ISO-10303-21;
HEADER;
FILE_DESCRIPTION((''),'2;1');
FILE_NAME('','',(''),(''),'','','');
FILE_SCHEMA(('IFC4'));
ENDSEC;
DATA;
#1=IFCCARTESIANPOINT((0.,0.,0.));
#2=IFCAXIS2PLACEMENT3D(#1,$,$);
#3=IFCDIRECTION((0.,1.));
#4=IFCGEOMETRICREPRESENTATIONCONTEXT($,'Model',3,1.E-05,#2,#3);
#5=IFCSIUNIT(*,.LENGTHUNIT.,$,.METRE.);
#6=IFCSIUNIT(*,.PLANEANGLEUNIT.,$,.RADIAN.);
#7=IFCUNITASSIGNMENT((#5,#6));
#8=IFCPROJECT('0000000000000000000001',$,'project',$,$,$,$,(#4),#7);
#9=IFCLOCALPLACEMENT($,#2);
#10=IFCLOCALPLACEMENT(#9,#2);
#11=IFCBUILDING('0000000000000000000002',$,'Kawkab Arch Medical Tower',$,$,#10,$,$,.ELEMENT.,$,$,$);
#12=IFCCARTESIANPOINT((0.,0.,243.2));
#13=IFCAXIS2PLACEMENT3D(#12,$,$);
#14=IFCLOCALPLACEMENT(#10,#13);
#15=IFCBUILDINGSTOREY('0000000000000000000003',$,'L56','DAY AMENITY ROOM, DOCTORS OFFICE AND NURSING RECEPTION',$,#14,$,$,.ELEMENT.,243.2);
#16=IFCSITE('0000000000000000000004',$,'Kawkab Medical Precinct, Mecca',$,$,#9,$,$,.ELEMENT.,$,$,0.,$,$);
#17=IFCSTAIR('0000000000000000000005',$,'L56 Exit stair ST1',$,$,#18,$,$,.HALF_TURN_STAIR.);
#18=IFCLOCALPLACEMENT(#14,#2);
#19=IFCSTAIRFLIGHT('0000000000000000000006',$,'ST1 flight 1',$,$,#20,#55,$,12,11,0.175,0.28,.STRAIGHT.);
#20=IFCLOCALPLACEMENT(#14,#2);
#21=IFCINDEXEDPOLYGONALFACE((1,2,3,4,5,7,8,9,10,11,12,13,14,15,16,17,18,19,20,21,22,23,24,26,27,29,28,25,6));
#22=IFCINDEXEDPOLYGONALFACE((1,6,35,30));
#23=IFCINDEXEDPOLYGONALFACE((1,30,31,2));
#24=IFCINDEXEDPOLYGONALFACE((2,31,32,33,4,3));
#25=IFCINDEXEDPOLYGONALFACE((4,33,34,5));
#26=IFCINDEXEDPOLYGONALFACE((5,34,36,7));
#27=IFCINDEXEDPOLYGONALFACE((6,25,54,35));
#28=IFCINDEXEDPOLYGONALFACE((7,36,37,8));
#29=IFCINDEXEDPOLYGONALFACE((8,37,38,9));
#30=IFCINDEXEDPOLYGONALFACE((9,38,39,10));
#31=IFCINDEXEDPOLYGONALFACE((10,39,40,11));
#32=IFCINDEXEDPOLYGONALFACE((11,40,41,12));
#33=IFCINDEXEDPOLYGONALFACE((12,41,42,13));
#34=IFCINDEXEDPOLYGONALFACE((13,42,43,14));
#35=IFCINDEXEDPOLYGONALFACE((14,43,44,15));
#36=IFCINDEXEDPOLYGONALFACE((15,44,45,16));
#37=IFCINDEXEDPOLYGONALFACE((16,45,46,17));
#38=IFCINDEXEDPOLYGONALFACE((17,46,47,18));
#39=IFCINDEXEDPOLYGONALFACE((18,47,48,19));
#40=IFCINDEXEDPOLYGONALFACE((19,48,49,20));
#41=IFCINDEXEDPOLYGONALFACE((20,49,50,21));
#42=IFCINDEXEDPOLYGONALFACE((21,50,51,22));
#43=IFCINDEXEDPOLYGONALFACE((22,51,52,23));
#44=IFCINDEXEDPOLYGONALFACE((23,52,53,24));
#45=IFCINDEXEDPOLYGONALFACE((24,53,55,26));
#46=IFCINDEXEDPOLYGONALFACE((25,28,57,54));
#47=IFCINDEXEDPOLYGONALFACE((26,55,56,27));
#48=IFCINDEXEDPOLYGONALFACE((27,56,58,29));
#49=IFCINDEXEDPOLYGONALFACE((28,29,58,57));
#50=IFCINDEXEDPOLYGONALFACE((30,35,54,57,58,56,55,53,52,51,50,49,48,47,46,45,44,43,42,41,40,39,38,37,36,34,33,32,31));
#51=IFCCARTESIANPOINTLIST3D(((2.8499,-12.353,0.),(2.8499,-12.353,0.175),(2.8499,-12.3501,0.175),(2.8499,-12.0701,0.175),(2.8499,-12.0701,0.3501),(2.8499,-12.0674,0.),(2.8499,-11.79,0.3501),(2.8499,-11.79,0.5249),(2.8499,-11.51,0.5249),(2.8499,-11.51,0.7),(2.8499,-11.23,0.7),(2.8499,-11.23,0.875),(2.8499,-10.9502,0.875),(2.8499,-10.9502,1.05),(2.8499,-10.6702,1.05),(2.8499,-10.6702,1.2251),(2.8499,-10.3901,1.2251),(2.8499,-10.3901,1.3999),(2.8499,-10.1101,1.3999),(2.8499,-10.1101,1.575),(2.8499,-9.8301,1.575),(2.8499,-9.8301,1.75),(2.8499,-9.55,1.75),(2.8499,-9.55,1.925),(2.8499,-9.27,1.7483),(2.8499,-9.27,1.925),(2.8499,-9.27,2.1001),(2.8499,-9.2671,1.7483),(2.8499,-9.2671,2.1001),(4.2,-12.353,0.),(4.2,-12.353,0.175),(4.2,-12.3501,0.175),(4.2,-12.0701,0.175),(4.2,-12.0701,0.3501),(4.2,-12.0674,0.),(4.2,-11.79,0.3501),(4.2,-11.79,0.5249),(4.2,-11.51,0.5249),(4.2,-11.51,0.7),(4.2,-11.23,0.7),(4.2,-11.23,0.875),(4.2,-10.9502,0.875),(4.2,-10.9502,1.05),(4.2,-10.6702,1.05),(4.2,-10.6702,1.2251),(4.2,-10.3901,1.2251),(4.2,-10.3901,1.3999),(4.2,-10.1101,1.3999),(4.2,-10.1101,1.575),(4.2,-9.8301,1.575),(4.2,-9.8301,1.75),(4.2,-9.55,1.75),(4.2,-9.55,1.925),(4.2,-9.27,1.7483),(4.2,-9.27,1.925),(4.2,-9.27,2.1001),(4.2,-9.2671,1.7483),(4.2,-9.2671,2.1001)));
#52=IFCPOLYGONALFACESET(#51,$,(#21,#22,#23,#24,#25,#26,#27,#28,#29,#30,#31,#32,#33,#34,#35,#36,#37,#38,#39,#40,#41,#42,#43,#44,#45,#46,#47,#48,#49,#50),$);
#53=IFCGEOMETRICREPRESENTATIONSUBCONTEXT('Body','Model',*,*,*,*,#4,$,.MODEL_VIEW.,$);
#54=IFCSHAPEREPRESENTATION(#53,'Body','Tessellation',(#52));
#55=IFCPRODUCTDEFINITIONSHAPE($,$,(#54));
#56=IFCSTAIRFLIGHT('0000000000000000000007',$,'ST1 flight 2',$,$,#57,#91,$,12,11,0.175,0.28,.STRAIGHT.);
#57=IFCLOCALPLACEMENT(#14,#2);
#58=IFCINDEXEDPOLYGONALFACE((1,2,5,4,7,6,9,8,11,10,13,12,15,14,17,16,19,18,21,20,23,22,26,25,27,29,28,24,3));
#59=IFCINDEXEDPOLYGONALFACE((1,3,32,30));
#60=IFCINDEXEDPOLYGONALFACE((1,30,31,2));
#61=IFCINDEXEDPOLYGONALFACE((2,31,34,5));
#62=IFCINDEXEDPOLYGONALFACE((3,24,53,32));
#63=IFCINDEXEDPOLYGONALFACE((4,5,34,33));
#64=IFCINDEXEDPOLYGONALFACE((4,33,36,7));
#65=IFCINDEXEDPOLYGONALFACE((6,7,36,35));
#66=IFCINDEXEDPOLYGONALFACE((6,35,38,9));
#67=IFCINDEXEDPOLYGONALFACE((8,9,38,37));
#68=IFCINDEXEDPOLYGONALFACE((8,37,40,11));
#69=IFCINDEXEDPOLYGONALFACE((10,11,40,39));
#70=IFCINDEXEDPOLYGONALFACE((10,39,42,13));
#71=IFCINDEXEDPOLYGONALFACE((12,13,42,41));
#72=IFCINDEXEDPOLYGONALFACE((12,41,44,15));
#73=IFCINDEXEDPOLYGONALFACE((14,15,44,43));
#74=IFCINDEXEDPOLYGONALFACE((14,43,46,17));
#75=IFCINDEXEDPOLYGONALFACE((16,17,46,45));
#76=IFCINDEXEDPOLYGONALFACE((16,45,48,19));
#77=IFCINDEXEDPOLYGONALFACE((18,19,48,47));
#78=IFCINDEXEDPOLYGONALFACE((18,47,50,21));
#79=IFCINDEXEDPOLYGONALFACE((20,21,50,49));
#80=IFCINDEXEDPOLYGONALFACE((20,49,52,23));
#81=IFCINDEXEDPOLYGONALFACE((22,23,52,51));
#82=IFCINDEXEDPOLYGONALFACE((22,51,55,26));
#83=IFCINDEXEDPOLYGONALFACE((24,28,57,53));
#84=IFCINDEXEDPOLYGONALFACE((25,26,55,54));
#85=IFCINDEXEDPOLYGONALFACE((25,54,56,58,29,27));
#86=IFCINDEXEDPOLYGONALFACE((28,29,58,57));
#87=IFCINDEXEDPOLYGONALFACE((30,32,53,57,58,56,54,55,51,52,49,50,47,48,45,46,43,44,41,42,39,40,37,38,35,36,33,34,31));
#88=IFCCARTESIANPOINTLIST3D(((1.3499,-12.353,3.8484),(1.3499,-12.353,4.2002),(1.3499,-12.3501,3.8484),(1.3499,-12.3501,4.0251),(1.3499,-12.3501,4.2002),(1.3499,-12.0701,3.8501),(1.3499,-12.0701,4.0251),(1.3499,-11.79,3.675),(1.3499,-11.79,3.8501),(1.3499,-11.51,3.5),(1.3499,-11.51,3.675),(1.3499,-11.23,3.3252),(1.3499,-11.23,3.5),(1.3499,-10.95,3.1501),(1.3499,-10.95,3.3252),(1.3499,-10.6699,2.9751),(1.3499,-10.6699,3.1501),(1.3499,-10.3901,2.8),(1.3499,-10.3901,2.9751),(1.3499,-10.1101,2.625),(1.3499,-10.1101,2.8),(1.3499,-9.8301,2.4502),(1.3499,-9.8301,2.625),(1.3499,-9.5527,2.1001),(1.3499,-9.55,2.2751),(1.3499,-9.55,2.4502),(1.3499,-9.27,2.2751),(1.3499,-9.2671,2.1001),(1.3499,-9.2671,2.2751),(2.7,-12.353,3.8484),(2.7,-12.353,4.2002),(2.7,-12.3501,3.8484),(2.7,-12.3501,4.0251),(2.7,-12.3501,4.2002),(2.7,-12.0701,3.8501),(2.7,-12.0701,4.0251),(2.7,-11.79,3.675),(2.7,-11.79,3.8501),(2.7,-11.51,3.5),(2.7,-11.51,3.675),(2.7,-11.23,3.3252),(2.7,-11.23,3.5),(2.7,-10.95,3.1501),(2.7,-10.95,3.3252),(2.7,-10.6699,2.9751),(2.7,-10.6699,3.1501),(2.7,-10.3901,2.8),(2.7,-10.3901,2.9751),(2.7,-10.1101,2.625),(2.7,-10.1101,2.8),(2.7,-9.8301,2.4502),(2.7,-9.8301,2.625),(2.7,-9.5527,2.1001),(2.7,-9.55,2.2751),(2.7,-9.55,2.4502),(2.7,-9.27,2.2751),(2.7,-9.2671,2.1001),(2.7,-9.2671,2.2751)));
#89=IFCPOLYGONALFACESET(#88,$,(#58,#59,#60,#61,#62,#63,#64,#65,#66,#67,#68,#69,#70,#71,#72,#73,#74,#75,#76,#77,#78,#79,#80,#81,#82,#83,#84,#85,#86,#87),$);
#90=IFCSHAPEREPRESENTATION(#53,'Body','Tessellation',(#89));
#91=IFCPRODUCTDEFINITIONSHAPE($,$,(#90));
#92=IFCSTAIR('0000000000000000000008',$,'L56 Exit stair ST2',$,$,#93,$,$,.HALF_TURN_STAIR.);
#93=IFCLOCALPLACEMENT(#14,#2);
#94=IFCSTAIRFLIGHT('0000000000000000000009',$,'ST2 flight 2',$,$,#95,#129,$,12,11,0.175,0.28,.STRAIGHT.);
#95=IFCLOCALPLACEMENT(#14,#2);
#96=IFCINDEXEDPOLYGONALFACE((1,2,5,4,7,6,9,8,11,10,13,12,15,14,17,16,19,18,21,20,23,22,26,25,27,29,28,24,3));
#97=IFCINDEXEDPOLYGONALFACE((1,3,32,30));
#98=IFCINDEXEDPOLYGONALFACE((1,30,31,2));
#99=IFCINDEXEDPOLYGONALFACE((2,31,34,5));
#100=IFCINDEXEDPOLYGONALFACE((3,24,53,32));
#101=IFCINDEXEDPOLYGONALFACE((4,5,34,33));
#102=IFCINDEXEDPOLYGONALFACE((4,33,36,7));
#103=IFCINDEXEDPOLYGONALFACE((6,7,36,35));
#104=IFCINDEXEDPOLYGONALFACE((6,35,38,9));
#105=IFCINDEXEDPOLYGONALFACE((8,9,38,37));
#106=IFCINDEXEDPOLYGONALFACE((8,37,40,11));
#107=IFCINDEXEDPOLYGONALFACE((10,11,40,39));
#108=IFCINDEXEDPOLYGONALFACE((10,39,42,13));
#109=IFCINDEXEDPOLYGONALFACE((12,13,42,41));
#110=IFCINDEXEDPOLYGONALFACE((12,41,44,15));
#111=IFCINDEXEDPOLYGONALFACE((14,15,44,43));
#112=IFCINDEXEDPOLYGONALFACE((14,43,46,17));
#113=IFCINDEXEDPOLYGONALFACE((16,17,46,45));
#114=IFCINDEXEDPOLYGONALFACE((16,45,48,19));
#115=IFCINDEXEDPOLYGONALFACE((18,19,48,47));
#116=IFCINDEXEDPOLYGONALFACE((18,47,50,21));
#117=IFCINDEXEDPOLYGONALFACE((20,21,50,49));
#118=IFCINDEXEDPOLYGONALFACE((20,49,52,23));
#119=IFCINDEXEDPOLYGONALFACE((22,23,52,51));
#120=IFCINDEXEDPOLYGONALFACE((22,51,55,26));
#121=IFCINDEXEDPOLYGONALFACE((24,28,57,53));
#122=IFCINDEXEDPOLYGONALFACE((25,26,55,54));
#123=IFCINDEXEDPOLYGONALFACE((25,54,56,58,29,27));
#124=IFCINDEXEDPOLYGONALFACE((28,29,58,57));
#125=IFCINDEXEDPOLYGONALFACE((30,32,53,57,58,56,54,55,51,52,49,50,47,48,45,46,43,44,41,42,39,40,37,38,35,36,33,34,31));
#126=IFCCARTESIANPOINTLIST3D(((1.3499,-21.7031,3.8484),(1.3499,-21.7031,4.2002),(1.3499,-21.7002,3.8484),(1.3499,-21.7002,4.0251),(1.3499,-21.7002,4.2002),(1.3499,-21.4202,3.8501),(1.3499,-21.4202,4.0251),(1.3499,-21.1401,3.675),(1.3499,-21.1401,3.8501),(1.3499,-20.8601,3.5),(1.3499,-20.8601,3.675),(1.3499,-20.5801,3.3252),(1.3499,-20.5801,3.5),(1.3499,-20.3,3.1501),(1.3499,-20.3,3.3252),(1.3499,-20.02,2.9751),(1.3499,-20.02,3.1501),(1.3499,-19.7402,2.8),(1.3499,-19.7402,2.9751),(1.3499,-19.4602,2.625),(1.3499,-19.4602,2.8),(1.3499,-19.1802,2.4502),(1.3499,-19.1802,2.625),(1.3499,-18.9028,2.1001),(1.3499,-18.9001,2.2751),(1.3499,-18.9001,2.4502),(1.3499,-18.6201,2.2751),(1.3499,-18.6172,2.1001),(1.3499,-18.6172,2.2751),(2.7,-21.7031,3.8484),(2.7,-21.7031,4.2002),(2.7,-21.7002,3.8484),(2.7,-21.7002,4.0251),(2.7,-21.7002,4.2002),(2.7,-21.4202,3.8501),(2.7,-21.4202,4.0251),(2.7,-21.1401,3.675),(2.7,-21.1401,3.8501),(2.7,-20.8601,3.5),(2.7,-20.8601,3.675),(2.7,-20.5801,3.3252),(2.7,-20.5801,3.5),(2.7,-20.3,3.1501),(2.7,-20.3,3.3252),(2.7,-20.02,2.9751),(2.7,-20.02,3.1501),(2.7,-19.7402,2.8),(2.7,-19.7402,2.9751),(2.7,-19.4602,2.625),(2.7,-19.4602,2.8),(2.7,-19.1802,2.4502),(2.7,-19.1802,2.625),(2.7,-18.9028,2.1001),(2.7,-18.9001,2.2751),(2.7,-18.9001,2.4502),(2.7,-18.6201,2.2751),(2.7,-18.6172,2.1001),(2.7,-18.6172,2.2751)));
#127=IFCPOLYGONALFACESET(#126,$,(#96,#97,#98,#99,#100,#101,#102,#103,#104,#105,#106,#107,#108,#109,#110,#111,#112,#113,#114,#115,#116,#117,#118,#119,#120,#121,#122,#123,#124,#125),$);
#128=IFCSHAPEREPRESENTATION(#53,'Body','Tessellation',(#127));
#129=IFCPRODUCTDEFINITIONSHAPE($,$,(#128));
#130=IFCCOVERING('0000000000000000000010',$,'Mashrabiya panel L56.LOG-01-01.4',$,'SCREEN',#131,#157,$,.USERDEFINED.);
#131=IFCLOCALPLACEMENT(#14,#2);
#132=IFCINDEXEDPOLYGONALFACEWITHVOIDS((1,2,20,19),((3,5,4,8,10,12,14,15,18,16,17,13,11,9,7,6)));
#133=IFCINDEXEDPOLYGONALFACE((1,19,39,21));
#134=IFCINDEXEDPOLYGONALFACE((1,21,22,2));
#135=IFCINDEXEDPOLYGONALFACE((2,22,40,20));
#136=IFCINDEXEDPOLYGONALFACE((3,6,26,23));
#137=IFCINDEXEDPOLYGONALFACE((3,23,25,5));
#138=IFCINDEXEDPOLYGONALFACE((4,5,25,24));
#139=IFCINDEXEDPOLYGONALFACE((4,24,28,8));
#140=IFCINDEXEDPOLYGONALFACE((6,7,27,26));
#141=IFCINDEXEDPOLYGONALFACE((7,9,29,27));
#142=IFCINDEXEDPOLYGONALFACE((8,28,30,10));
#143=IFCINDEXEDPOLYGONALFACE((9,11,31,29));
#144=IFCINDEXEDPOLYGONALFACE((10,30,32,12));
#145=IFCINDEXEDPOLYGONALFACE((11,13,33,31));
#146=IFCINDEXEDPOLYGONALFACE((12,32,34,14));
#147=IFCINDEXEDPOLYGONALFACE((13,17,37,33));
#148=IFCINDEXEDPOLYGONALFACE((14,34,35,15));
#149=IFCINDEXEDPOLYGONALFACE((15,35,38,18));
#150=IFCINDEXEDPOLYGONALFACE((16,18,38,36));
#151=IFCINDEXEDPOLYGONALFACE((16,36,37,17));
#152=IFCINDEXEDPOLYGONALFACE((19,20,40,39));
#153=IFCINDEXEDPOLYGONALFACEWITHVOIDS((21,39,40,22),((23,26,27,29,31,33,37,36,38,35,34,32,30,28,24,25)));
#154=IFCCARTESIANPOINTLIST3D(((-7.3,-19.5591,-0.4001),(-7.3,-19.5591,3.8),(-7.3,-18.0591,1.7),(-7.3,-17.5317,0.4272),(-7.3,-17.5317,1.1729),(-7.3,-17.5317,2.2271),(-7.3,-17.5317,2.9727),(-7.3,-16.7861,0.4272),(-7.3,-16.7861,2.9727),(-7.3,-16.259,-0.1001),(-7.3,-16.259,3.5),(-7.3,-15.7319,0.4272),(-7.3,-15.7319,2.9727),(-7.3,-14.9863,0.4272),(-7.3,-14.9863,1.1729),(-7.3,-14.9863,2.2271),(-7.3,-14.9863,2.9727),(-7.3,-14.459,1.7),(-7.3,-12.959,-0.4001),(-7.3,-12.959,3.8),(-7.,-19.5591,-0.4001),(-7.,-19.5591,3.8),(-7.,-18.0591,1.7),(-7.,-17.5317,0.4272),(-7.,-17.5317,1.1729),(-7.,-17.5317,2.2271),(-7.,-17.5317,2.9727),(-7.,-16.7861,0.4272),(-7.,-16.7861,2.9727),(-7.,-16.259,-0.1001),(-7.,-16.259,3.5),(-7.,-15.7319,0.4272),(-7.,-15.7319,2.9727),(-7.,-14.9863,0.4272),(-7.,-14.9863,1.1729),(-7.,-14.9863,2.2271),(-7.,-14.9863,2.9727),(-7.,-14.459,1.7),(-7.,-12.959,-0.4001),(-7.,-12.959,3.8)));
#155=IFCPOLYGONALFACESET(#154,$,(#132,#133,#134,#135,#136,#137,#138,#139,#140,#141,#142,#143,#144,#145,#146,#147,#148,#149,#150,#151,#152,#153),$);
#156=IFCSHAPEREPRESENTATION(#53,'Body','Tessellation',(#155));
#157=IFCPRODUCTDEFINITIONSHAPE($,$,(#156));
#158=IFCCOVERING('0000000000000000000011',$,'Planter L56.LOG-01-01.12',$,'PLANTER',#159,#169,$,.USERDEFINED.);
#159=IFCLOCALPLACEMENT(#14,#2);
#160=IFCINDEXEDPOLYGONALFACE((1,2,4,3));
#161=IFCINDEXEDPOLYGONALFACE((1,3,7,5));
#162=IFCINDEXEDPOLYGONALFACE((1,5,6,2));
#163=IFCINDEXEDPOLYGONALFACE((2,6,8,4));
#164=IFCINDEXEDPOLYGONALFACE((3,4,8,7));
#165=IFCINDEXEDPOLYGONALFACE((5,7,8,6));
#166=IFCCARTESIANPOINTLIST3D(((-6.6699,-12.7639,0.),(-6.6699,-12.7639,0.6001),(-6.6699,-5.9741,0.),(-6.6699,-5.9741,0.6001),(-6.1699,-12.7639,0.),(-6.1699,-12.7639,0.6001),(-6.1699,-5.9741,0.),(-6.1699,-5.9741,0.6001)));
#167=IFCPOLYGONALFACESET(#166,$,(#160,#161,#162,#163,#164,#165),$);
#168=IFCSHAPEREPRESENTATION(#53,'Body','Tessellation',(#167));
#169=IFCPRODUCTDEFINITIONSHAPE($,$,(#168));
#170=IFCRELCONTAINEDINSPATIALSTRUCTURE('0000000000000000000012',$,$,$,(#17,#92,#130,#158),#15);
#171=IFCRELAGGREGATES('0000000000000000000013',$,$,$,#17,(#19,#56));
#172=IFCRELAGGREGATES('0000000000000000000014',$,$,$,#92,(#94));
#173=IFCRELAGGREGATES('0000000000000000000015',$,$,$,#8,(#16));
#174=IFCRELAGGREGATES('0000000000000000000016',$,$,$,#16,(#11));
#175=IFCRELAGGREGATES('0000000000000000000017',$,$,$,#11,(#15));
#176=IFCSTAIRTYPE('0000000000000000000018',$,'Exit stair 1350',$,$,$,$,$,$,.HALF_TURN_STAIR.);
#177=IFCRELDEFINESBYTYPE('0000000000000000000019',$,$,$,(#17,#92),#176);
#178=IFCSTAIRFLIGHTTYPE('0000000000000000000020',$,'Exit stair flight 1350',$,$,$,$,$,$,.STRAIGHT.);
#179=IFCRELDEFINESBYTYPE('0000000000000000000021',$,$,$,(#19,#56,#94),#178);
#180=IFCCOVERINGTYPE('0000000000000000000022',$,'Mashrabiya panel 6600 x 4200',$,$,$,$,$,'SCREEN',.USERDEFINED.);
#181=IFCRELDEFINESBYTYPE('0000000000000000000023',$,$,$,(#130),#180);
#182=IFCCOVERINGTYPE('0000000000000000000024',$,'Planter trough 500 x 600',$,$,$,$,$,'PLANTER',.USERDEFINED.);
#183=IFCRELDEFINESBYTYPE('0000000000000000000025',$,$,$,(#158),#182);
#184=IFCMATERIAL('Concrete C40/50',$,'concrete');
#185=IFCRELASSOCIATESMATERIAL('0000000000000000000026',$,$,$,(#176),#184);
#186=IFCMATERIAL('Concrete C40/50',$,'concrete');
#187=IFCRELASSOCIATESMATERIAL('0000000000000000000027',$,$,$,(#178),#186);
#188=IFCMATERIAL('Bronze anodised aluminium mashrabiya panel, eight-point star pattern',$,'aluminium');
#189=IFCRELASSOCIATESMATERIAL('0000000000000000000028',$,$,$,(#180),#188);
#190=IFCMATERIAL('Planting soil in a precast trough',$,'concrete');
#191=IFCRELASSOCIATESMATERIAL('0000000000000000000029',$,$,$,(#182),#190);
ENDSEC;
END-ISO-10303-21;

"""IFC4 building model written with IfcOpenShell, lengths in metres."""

from ifc_helpers import new_model, si_unit, direction, frame, origin, origin_2d, place, context, subcontext, project, spatial, polyline, rectangle, outline, extrude, material, material_profile, profile_set, type_object, element, aggregate, save


model = new_model("IFC4")

# Units and contexts
model_context = context("Model", 3, precision=1e-05, world=origin(), true_north=direction((0.0, 1.0)))
body_context = subcontext(model_context, "Body", "Model", "MODEL_VIEW")
ifc_project = project(units=[si_unit("LENGTHUNIT", "METRE"), si_unit("PLANEANGLEUNIT", "RADIAN")], contexts=[model_context])

# Site, building, storey
site_placement = place(None, origin())
site = spatial("IfcSite", under=ifc_project, at=site_placement, Name="Kawkab Medical Precinct, Mecca", CompositionType="ELEMENT", RefElevation=0.0)
building_placement = place(site_placement, origin())
building = spatial("IfcBuilding", under=site, at=building_placement, Name="Kawkab Arch Medical Tower", CompositionType="ELEMENT")
storey_placement = place(building_placement, frame((0.0, 0.0, 243.2)))
storey = spatial("IfcBuildingStorey", under=building, at=storey_placement, Name="L56", Description="DAY AMENITY ROOM, DOCTORS OFFICE AND NURSING RECEPTION", CompositionType="ELEMENT", Elevation=243.2)

# Shared definitions
placement = place(storey_placement, origin())

# Stair, stair flights
ifc_material_1 = material(Name="Concrete C40/50", Category="concrete")
stair_type = type_object("IfcStairType", Name="Exit stair 1350", PredefinedType="HALF_TURN_STAIR", material=ifc_material_1)
stair_1 = element("IfcStair", 1, at=placement, inside=storey, type_object=stair_type, Name="L56 Exit stair ST1", PredefinedType="HALF_TURN_STAIR")
ifc_material_2 = material(Name="Concrete C40/50", Category="concrete")
stair_flight_type = type_object("IfcStairFlightType", Name="Exit stair flight 1350", PredefinedType="STRAIGHT", material=ifc_material_2)
stair_flight_1_placement = place(storey_placement, frame((3.5249, -12.3501, 0.0), z_axis=(0.0, 0.0, 1.0), x_axis=(0.0, 1.0, 0.0)))
stair_flight_1 = element("IfcStairFlight", 2, at=stair_flight_1_placement, type_object=stair_flight_type, Name="ST1 flight 1", NumberOfRisers=12, NumberOfTreads=11, PredefinedType="STRAIGHT", RiserHeight=0.175, TreadLength=0.28, context=body_context, shape_type="SweptSolid", body=[
    extrude(outline(polyline([(-0.0029, 0.0), (-0.0029, 0.175), (0.0, 0.175), (0.28, 0.175), (0.28, 0.3501), (0.5601, 0.3501), (0.5601, 0.5249), (0.8401, 0.5249), (0.8401, 0.7), (1.1201, 0.7), (1.1201, 0.875), (1.3999, 0.875), (1.3999, 1.05), (1.6799, 1.05), (1.6799, 1.2251), (1.96, 1.2251), (1.96, 1.3999), (2.24, 1.3999), (2.24, 1.575), (2.52, 1.575), (2.52, 1.75), (2.8, 1.75), (2.8, 1.925), (3.0801, 1.925), (3.0801, 2.1001), (3.083, 2.1001), (3.083, 1.7483), (3.0801, 1.7483), (0.2827, 0.0), (-0.0029, 0.0)])), frame((0.0, 0.675, 0.0), z_axis=(0.0, -1.0, 0.0), x_axis=(1.0, 0.0, 0.0)), (0.0, 0.0, 1.0), 1.3501),
])
stair_flight_2_placement = place(storey_placement, frame((2.0249, -9.27, 2.1001), z_axis=(0.0, 0.0, 1.0), x_axis=(0.0, -1.0, 0.0)))
stair_flight_2 = element("IfcStairFlight", 3, at=stair_flight_2_placement, type_object=stair_flight_type, Name="ST1 flight 2", NumberOfRisers=12, NumberOfTreads=11, PredefinedType="STRAIGHT", RiserHeight=0.175, TreadLength=0.28, context=body_context, shape_type="SweptSolid", body=[
    extrude(outline(polyline([(-0.0029, 0.0), (-0.0029, 0.175), (0.0, 0.175), (0.28, 0.175), (0.28, 0.3501), (0.5601, 0.3501), (0.5601, 0.5249), (0.8401, 0.5249), (0.8401, 0.7), (1.1201, 0.7), (1.1201, 0.875), (1.3999, 0.875), (1.3999, 1.05), (1.6799, 1.05), (1.6799, 1.2251), (1.96, 1.2251), (1.96, 1.3999), (2.24, 1.3999), (2.24, 1.575), (2.52, 1.575), (2.52, 1.75), (2.8, 1.75), (2.8, 1.925), (3.0801, 1.925), (3.0801, 2.1001), (3.083, 2.1001), (3.083, 1.7483), (3.0801, 1.7483), (0.2827, 0.0), (-0.0029, 0.0)])), frame((0.0, 0.675, 0.0), z_axis=(0.0, -1.0, 0.0), x_axis=(1.0, 0.0, 0.0)), (0.0, 0.0, 1.0), 1.3501),
])
aggregate(stair_1, [stair_flight_1, stair_flight_2])

# Stair, stair flight
stair_2 = element("IfcStair", 4, at=placement, inside=storey, type_object=stair_type, Name="L56 Exit stair ST2", PredefinedType="HALF_TURN_STAIR")
stair_flight_3_placement = place(storey_placement, frame((2.0249, -18.6201, 2.1001), z_axis=(0.0, 0.0, 1.0), x_axis=(0.0, -1.0, 0.0)))
stair_flight_3 = element("IfcStairFlight", 5, at=stair_flight_3_placement, type_object=stair_flight_type, Name="ST2 flight 2", NumberOfRisers=12, NumberOfTreads=11, PredefinedType="STRAIGHT", RiserHeight=0.175, TreadLength=0.28, context=body_context, shape_type="SweptSolid", body=[
    extrude(outline(polyline([(-0.0029, 0.0), (-0.0029, 0.175), (0.0, 0.175), (0.28, 0.175), (0.28, 0.3501), (0.5601, 0.3501), (0.5601, 0.5249), (0.8401, 0.5249), (0.8401, 0.7), (1.1201, 0.7), (1.1201, 0.875), (1.3999, 0.875), (1.3999, 1.05), (1.6799, 1.05), (1.6799, 1.2251), (1.96, 1.2251), (1.96, 1.3999), (2.24, 1.3999), (2.24, 1.575), (2.52, 1.575), (2.52, 1.75), (2.8, 1.75), (2.8, 1.925), (3.0801, 1.925), (3.0801, 2.1001), (3.083, 2.1001), (3.083, 1.7483), (3.0801, 1.7483), (0.2827, 0.0), (-0.0029, 0.0)])), frame((0.0, 0.675, 0.0), z_axis=(0.0, -1.0, 0.0), x_axis=(1.0, 0.0, 0.0)), (0.0, 0.0, 1.0), 1.3501),
])
aggregate(stair_2, [stair_flight_3])

# Coverings
ifc_material_3 = material(Name="Bronze anodised aluminium mashrabiya panel, eight-point star pattern", Category="aluminium")
ifc_material_profile_1 = material_profile(ifc_material_3, outline(polyline([(-3.3, -2.1001), (3.3, -2.1001), (3.3, 2.1001), (-3.3, 2.1001), (-3.3, -2.1001)]), holes=[polyline([(1.8, 0.0), (1.2727, 0.5271), (1.2727, 1.2727), (0.5271, 1.2727), (0.0, 1.8), (-0.5271, 1.2727), (-1.2727, 1.2727), (-1.2727, 0.5271), (-1.8, 0.0), (-1.2727, -0.5271), (-1.2727, -1.2727), (-0.5271, -1.2727), (0.0, -1.8), (0.5271, -1.2727), (1.2727, -1.2727), (1.2727, -0.5271), (1.8, 0.0)])]), Name="Mashrabiya panel 6600x4200")
ifc_profile_set_1 = profile_set([ifc_material_profile_1], Name="Bronze anodised aluminium mashrabiya panel, eight-point star pattern")
covering_type_1 = type_object("IfcCoveringType", Name="Mashrabiya panel 6600 x 4200", ElementType="SCREEN", PredefinedType="USERDEFINED", material=ifc_profile_set_1)
covering_1_placement = place(storey_placement, frame((-7.0, -16.259, 1.7), z_axis=(-1.0, 0.0, 0.0), x_axis=(0.0, -1.0, 0.0)))
element("IfcCovering", 6, at=covering_1_placement, inside=storey, type_object=covering_type_1, Name="Mashrabiya panel L56.LOG-01-01.4", ObjectType="SCREEN", PredefinedType="USERDEFINED", context=body_context, shape_type="SweptSolid", body=[
    extrude(outline(polyline([(-3.3, -2.1001), (3.3, -2.1001), (3.3, 2.1001), (-3.3, 2.1001), (-3.3, -2.1001)]), holes=[polyline([(1.8, 0.0), (1.2727, 0.5271), (1.2727, 1.2727), (0.5271, 1.2727), (0.0, 1.8), (-0.5271, 1.2727), (-1.2727, 1.2727), (-1.2727, 0.5271), (-1.8, 0.0), (-1.2727, -0.5271), (-1.2727, -1.2727), (-0.5271, -1.2727), (0.0, -1.8), (0.5271, -1.2727), (1.2727, -1.2727), (1.2727, -0.5271), (1.8, 0.0)])]), origin(), (0.0, 0.0, 1.0), 0.3),
])
ifc_material_4 = material(Name="Planting soil in a precast trough", Category="concrete")
ifc_material_profile_2 = material_profile(ifc_material_4, rectangle(XDim=0.5, YDim=0.6001, at=origin_2d()), Name="Trough 500x600")
ifc_profile_set_2 = profile_set([ifc_material_profile_2], Name="Planting soil in a precast trough")
covering_type_2 = type_object("IfcCoveringType", Name="Planter trough 500 x 600", ElementType="PLANTER", PredefinedType="USERDEFINED", material=ifc_profile_set_2)
covering_2_placement = place(storey_placement, frame((-6.4199, -12.7639, 0.3), z_axis=(0.0, 1.0, 0.0), x_axis=(-1.0, 0.0, 0.0)))
element("IfcCovering", 7, at=covering_2_placement, inside=storey, type_object=covering_type_2, Name="Planter L56.LOG-01-01.12", ObjectType="PLANTER", PredefinedType="USERDEFINED", context=body_context, shape_type="SweptSolid", body=[
    extrude(rectangle(XDim=0.5, YDim=0.6001, at=origin_2d()), origin(), (0.0, 0.0, 1.0), 6.7898),
])

save(model, "model.ifc")
